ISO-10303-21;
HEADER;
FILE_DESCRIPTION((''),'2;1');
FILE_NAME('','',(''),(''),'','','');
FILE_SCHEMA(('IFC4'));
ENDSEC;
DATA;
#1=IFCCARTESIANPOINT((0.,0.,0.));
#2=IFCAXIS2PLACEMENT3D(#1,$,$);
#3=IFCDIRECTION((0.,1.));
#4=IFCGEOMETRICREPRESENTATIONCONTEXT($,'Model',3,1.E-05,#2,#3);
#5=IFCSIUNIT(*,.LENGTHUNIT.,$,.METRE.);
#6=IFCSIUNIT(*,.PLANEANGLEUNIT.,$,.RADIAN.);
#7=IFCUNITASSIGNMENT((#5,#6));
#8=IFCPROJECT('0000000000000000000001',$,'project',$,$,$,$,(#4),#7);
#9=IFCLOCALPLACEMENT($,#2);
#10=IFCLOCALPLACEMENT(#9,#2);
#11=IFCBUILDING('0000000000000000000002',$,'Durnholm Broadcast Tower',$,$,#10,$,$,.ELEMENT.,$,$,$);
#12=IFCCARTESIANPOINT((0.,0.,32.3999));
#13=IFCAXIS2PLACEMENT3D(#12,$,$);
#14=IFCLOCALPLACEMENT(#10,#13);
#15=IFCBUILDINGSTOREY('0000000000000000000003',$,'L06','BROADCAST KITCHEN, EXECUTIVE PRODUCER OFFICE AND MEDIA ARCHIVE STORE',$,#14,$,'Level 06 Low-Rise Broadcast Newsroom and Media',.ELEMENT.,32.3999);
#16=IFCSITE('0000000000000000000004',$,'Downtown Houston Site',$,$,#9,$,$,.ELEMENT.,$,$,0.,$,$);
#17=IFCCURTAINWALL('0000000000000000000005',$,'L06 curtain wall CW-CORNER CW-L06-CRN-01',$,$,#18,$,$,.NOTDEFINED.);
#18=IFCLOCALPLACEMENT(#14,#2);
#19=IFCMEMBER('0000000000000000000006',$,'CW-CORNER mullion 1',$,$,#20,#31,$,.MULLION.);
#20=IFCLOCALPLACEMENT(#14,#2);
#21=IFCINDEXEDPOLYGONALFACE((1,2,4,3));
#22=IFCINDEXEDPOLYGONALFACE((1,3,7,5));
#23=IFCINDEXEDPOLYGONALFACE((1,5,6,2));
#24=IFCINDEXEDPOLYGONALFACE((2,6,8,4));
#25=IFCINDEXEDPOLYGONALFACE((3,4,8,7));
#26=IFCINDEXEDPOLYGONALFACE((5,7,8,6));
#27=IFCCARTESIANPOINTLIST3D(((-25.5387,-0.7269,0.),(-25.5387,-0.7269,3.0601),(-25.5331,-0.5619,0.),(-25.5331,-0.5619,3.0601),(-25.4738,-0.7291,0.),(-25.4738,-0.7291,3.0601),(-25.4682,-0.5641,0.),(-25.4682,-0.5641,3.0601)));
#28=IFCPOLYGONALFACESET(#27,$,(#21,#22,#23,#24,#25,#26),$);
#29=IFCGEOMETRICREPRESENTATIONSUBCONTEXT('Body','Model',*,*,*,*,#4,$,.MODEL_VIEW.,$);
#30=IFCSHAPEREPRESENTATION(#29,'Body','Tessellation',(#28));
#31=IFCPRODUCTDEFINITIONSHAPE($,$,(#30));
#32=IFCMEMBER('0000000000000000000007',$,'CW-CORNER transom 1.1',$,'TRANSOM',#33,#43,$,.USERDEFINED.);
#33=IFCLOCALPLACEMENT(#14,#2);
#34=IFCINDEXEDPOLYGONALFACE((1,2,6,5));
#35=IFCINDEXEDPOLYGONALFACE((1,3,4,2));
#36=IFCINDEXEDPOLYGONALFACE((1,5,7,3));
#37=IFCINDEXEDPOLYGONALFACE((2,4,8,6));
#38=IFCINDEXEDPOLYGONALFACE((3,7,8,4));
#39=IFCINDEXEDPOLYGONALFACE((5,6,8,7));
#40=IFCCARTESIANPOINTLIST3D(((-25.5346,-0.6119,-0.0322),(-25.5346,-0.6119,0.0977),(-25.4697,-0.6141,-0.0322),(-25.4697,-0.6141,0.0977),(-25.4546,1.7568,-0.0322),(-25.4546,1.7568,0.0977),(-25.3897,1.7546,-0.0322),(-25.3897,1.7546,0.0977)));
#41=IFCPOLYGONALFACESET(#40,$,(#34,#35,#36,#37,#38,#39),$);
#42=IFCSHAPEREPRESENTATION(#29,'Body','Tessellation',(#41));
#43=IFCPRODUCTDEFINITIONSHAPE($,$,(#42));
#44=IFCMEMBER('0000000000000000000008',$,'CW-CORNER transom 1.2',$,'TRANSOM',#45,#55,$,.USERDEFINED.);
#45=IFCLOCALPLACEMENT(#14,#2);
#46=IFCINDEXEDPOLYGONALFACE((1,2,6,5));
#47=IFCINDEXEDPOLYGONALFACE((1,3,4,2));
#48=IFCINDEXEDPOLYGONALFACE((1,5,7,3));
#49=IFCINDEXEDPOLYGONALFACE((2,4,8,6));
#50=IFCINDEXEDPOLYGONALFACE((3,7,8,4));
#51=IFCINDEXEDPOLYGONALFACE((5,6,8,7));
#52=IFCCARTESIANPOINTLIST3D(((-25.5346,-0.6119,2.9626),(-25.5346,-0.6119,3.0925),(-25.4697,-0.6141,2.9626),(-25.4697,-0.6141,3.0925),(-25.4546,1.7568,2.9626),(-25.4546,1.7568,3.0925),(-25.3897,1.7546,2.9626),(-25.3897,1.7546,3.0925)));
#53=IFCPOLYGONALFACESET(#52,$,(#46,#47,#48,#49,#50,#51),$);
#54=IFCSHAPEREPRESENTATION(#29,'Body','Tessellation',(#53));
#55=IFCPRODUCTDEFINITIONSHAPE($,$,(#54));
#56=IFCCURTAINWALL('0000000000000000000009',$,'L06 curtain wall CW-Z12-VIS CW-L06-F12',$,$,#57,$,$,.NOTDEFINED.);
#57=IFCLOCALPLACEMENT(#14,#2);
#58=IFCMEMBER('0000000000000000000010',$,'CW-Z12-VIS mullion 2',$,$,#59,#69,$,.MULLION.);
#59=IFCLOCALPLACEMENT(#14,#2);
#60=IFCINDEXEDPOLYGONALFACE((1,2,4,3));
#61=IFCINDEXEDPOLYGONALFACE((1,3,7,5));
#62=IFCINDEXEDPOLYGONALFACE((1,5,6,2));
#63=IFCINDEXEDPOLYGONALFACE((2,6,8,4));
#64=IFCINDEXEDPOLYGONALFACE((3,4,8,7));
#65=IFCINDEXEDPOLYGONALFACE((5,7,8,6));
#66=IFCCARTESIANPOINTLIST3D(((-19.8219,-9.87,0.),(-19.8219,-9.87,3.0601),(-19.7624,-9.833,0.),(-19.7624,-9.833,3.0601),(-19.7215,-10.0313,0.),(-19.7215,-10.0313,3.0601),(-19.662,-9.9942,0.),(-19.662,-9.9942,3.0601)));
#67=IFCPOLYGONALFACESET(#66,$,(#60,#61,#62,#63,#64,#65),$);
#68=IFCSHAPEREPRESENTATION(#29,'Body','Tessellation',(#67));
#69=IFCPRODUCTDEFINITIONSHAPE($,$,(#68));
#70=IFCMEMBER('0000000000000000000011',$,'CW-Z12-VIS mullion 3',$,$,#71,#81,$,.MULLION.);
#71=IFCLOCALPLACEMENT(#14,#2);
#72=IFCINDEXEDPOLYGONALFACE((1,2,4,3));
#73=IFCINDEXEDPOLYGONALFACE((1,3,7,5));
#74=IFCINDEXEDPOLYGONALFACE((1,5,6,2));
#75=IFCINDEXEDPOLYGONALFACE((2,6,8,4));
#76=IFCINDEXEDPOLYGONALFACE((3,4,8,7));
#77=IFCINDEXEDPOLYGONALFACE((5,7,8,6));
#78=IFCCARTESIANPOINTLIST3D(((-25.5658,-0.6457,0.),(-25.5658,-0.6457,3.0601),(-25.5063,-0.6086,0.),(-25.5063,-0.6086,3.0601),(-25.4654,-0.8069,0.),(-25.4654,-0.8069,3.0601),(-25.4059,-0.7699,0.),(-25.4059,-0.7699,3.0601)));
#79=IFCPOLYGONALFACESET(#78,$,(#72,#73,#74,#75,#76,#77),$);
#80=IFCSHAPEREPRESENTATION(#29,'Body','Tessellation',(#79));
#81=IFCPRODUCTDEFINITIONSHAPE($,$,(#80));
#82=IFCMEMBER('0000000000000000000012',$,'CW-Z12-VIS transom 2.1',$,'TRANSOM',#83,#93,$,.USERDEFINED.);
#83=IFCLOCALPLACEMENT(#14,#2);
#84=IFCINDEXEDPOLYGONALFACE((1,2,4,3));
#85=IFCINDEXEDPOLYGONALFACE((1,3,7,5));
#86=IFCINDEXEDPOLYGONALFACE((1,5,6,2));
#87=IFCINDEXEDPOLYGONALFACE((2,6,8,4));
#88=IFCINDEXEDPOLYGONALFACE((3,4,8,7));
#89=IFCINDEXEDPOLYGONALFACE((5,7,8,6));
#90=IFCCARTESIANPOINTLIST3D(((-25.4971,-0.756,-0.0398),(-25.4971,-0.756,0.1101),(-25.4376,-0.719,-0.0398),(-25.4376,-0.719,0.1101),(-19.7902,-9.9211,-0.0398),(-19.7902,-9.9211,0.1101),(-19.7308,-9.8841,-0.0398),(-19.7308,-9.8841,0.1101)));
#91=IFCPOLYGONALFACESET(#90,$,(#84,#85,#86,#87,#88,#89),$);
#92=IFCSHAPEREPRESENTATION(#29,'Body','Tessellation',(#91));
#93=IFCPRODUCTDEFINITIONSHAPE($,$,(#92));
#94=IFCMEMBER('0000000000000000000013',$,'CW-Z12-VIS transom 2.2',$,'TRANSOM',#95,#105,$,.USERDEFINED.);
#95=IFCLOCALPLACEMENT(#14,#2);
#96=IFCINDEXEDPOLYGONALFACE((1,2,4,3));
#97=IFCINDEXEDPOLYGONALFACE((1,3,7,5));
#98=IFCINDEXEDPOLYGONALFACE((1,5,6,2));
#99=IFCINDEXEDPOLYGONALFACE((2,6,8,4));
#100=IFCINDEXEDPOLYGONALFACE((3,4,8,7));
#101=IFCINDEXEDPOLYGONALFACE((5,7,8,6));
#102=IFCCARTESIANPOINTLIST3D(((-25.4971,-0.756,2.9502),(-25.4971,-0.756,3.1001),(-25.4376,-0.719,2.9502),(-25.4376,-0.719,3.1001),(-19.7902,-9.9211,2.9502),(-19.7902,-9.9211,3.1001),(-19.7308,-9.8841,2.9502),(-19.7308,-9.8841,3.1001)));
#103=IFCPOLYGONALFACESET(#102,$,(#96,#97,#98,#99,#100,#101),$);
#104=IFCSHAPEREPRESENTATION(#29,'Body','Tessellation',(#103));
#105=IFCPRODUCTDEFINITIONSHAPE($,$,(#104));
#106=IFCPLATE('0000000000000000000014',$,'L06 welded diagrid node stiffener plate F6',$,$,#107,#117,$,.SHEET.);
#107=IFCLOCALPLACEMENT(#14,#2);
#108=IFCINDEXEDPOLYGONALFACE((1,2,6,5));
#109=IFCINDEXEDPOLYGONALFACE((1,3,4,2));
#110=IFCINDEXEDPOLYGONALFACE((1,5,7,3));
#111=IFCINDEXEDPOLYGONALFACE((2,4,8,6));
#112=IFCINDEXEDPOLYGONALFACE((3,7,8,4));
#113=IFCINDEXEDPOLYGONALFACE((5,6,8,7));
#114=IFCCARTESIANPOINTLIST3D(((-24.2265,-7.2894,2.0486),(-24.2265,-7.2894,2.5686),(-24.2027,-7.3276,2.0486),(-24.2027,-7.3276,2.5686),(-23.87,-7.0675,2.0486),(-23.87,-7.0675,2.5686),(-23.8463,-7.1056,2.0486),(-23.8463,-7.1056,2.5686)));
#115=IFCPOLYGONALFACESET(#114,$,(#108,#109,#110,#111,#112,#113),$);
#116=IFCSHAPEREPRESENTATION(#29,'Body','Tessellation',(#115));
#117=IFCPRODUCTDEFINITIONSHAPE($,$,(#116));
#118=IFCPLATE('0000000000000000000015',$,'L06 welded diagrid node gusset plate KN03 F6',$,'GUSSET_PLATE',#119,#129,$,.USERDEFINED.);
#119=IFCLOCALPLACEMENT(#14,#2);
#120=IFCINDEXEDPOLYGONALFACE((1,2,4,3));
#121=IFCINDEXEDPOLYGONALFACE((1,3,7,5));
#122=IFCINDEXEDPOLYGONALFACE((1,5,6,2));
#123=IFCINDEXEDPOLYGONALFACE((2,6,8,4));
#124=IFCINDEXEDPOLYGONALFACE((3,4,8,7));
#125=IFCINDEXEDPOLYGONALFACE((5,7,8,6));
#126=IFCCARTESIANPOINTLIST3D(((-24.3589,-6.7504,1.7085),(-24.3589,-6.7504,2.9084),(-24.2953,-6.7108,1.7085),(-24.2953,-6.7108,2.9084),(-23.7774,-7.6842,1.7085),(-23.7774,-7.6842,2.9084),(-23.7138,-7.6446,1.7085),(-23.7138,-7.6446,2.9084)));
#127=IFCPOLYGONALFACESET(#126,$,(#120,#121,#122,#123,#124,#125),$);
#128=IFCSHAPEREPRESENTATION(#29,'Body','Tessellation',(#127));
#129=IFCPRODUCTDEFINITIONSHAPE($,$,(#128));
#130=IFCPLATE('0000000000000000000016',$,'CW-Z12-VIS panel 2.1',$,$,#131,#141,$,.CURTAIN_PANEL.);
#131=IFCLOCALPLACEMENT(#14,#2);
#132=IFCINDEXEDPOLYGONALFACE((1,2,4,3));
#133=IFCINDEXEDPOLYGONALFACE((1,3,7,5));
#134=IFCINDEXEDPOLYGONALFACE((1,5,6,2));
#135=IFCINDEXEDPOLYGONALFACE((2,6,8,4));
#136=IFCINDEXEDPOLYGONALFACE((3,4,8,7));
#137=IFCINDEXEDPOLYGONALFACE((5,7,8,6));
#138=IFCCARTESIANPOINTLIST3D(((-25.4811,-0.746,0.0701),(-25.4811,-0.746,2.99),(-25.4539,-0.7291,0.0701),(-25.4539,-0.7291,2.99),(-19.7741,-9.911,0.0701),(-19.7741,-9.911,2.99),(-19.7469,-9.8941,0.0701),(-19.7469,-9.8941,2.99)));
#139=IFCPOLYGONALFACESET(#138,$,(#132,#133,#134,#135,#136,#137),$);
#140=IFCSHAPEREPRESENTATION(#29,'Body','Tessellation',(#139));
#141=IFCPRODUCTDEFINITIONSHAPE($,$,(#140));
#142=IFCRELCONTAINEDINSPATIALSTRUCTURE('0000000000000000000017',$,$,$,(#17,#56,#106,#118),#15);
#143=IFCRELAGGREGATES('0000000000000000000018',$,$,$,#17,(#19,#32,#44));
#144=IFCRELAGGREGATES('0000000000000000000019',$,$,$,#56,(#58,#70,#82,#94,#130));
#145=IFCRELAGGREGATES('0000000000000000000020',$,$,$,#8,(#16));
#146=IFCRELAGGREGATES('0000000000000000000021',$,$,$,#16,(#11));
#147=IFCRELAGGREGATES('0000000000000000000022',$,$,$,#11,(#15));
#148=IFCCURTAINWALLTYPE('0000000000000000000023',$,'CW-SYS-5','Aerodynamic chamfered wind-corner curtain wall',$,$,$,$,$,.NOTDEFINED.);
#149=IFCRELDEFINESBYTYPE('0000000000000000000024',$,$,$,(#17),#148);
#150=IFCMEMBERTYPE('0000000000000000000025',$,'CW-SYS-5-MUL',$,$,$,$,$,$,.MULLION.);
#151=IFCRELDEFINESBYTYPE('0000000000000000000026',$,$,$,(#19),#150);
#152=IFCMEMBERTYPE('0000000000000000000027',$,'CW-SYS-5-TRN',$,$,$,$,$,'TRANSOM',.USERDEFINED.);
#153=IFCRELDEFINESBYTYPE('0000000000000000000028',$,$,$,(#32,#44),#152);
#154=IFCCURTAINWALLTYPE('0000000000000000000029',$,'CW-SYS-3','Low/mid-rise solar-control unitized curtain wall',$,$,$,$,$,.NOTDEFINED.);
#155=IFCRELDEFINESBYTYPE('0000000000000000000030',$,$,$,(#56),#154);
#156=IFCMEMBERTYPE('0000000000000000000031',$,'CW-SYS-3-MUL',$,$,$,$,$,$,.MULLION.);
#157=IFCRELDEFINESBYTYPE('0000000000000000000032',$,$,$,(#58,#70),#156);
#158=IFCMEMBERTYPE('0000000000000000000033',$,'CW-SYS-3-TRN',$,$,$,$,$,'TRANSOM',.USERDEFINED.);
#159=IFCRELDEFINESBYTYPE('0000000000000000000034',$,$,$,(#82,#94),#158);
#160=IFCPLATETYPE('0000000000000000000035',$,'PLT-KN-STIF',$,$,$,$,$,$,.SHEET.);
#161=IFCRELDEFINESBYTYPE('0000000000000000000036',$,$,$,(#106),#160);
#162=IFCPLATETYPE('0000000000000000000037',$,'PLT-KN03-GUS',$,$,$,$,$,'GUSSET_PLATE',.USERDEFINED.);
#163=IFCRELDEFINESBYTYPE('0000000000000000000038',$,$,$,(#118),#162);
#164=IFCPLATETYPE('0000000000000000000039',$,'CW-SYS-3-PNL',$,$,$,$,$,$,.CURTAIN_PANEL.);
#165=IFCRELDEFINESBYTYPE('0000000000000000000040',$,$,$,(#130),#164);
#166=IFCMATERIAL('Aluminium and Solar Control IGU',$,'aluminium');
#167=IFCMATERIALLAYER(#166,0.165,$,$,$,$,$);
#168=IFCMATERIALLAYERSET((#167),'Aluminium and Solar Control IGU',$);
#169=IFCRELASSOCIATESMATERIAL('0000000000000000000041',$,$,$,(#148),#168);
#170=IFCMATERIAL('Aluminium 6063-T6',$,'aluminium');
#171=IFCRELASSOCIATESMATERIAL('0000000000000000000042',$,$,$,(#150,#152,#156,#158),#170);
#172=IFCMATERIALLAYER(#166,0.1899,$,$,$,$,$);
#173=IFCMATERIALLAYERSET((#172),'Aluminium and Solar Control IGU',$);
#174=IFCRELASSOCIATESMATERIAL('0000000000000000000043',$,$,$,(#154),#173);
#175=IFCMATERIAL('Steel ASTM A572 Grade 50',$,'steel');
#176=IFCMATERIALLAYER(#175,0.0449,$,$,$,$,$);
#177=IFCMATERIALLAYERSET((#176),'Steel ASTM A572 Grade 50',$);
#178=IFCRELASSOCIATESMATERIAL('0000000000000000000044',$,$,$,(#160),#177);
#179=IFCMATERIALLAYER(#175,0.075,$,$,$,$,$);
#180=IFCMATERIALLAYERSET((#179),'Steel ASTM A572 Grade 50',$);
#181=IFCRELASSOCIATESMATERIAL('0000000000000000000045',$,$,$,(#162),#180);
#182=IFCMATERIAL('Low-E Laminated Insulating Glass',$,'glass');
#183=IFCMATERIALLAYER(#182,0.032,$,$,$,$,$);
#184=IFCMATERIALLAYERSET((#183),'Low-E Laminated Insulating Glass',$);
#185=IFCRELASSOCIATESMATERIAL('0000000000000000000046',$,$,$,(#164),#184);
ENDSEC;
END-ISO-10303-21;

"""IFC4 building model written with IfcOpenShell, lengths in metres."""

from ifc_helpers import new_model, si_unit, direction, frame, origin, origin_2d, place, context, subcontext, project, spatial, rectangle, extrude, source, transform, mapped, material, layer, layer_set, material_profile, profile_set, type_object, type_shapes, element, aggregate, save


model = new_model("IFC4")

# Units and contexts
model_context = context("Model", 3, precision=1e-05, world=origin(), true_north=direction((0.0, 1.0)))
body_context = subcontext(model_context, "Body", "Model", "MODEL_VIEW")
ifc_project = project(units=[si_unit("LENGTHUNIT", "METRE"), si_unit("PLANEANGLEUNIT", "RADIAN")], contexts=[model_context])

# Site, building, storey
site_placement = place(None, origin())
site = spatial("IfcSite", under=ifc_project, at=site_placement, Name="Downtown Houston Site", CompositionType="ELEMENT", RefElevation=0.0)
building_placement = place(site_placement, origin())
building = spatial("IfcBuilding", under=site, at=building_placement, Name="Durnholm Broadcast Tower", CompositionType="ELEMENT")
storey_placement = place(building_placement, frame((0.0, 0.0, 32.3999)))
storey = spatial("IfcBuildingStorey", under=building, at=storey_placement, Name="L06", Description="BROADCAST KITCHEN, EXECUTIVE PRODUCER OFFICE AND MEDIA ARCHIVE STORE", LongName="Level 06 Low-Rise Broadcast Newsroom and Media", CompositionType="ELEMENT", Elevation=32.3999)

# Curtain walls, members
ifc_material_1 = material(Name="Aluminium and Solar Control IGU", Category="aluminium")
ifc_layer_1 = layer(ifc_material_1, 0.165)
ifc_layer_set_1 = layer_set([ifc_layer_1], Name="Aluminium and Solar Control IGU")
curtain_wall_type_1 = type_object("IfcCurtainWallType", Name="CW-SYS-5", Description="Aerodynamic chamfered wind-corner curtain wall", PredefinedType="NOTDEFINED", material=ifc_layer_set_1)
curtain_wall_1_placement = place(storey_placement, origin())
curtain_wall_1 = element("IfcCurtainWall", 1, at=curtain_wall_1_placement, inside=storey, type_object=curtain_wall_type_1, Name="L06 curtain wall CW-CORNER CW-L06-CRN-01", PredefinedType="NOTDEFINED")
ifc_material_2 = material(Name="Aluminium 6063-T6", Category="aluminium")
ifc_material_profile_1 = material_profile(ifc_material_2, rectangle(XDim=0.0649, YDim=0.165, at=origin_2d()), Name="CWM65X165")
ifc_profile_set_1 = profile_set([ifc_material_profile_1], Name="Aluminium 6063-T6")
member_type_1 = type_object("IfcMemberType", Name="CW-SYS-5-MUL", PredefinedType="MULLION", material=ifc_profile_set_1)
shared_shape_1 = source(origin(), body_context, "Body", "SweptSolid", [
    extrude(rectangle(XDim=0.0649, YDim=0.165, at=origin_2d()), origin(), (0.0, 0.0, 1.0), 3.0601),
])
type_shapes(member_type_1, [shared_shape_1])
member_1_placement = place(storey_placement, frame((-25.5034, -0.6455, 0.0), z_axis=(0.0, 0.0, 1.0), x_axis=(-0.999427, 0.03384, 0.0)))
member_1 = element("IfcMember", 2, at=member_1_placement, type_object=member_type_1, Name="CW-CORNER mullion 1", PredefinedType="MULLION", context=body_context, shape_type="MappedRepresentation", body=[
    mapped(shared_shape_1, transform((0.0, 0.0, 0.0), x_axis=(1.0, 0.0, 0.0), y_axis=(0.0, 1.0, 0.0), z_axis=(0.0, 0.0, 1.0), scale=1.0)),
])
ifc_material_profile_2 = material_profile(ifc_material_2, rectangle(XDim=0.0649, YDim=0.1299, at=origin_2d()), Name="CWT65X130")
ifc_profile_set_2 = profile_set([ifc_material_profile_2], Name="Aluminium 6063-T6")
member_type_2 = type_object("IfcMemberType", Name="CW-SYS-5-TRN", ElementType="TRANSOM", PredefinedType="USERDEFINED", material=ifc_profile_set_2)
shared_shape_2 = source(origin(), body_context, "Body", "SweptSolid", [
    extrude(rectangle(XDim=0.0649, YDim=0.1299, at=origin_2d()), origin(), (0.0, 0.0, 1.0), 2.3701),
])
type_shapes(member_type_2, [shared_shape_2])
member_2_placement = place(storey_placement, frame((-25.5022, -0.613, 0.0327), z_axis=(0.033788, 0.999429, 0.0), x_axis=(-0.999429, 0.033788, 0.0)))
member_2 = element("IfcMember", 3, at=member_2_placement, type_object=member_type_2, Name="CW-CORNER transom 1.1", ObjectType="TRANSOM", PredefinedType="USERDEFINED", context=body_context, shape_type="MappedRepresentation", body=[
    mapped(shared_shape_2, transform((0.0, 0.0, 0.0), x_axis=(1.0, 0.0, 0.0), y_axis=(0.0, 1.0, 0.0), z_axis=(0.0, 0.0, 1.0), scale=1.0)),
])
member_3_placement = place(storey_placement, frame((-25.5022, -0.613, 3.0276), z_axis=(0.033788, 0.999429, 0.0), x_axis=(-0.999429, 0.033788, 0.0)))
member_3 = element("IfcMember", 4, at=member_3_placement, type_object=member_type_2, Name="CW-CORNER transom 1.2", ObjectType="TRANSOM", PredefinedType="USERDEFINED", context=body_context, shape_type="MappedRepresentation", body=[
    mapped(shared_shape_2, transform((0.0, 0.0, 0.0), x_axis=(1.0, 0.0, 0.0), y_axis=(0.0, 1.0, 0.0), z_axis=(0.0, 0.0, 1.0), scale=1.0)),
])
aggregate(curtain_wall_1, [member_1, member_2, member_3])
ifc_layer_2 = layer(ifc_material_1, 0.1899)
ifc_layer_set_2 = layer_set([ifc_layer_2], Name="Aluminium and Solar Control IGU")
curtain_wall_type_2 = type_object("IfcCurtainWallType", Name="CW-SYS-3", Description="Low/mid-rise solar-control unitized curtain wall", PredefinedType="NOTDEFINED", material=ifc_layer_set_2)
curtain_wall_2_placement = place(storey_placement, origin())
curtain_wall_2 = element("IfcCurtainWall", 5, at=curtain_wall_2_placement, inside=storey, type_object=curtain_wall_type_2, Name="L06 curtain wall CW-Z12-VIS CW-L06-F12", PredefinedType="NOTDEFINED")
ifc_material_profile_3 = material_profile(ifc_material_2, rectangle(XDim=0.0701, YDim=0.1899, at=origin_2d()), Name="CWM70X190")
ifc_profile_set_3 = profile_set([ifc_material_profile_3], Name="Aluminium 6063-T6")
member_type_3 = type_object("IfcMemberType", Name="CW-SYS-3-MUL", PredefinedType="MULLION", material=ifc_profile_set_3)
shared_shape_3 = source(origin(), body_context, "Body", "SweptSolid", [
    extrude(rectangle(XDim=0.0701, YDim=0.1899, at=origin_2d()), origin(), (0.0, 0.0, 1.0), 3.0601),
])
type_shapes(member_type_3, [shared_shape_3])
member_4_placement = place(storey_placement, frame((-19.7419, -9.9321, 0.0), z_axis=(0.0, 0.0, 1.0), x_axis=(-0.848876, -0.528592, 0.0)))
member_4 = element("IfcMember", 6, at=member_4_placement, type_object=member_type_3, Name="CW-Z12-VIS mullion 2", PredefinedType="MULLION", context=body_context, shape_type="MappedRepresentation", body=[
    mapped(shared_shape_3, transform((0.0, 0.0, 0.0), x_axis=(1.0, 0.0, 0.0), y_axis=(0.0, 1.0, 0.0), z_axis=(0.0, 0.0, 1.0), scale=1.0)),
])
member_5_placement = place(storey_placement, frame((-25.4858, -0.7078, 0.0), z_axis=(0.0, 0.0, 1.0), x_axis=(-0.848876, -0.528592, 0.0)))
member_5 = element("IfcMember", 7, at=member_5_placement, type_object=member_type_3, Name="CW-Z12-VIS mullion 3", PredefinedType="MULLION", context=body_context, shape_type="MappedRepresentation", body=[
    mapped(shared_shape_3, transform((0.0, 0.0, 0.0), x_axis=(1.0, 0.0, 0.0), y_axis=(0.0, 1.0, 0.0), z_axis=(0.0, 0.0, 1.0), scale=1.0)),
])
ifc_material_profile_4 = material_profile(ifc_material_2, rectangle(XDim=0.0701, YDim=0.1499, at=origin_2d()), Name="CWT70X150")
ifc_profile_set_4 = profile_set([ifc_material_profile_4], Name="Aluminium 6063-T6")
member_type_4 = type_object("IfcMemberType", Name="CW-SYS-3-TRN", ElementType="TRANSOM", PredefinedType="USERDEFINED", material=ifc_profile_set_4)
shared_shape_4 = source(origin(), body_context, "Body", "SweptSolid", [
    extrude(rectangle(XDim=0.0701, YDim=0.1499, at=origin_2d()), origin(), (0.0, 0.0, 1.0), 10.7966),
])
type_shapes(member_type_4, [shared_shape_4])
member_6_placement = place(storey_placement, frame((-19.7605, -9.9026, 0.0352), z_axis=(-0.528575, 0.848886, 0.0), x_axis=(-0.848886, -0.528575, 0.0)))
member_6 = element("IfcMember", 8, at=member_6_placement, type_object=member_type_4, Name="CW-Z12-VIS transom 2.1", ObjectType="TRANSOM", PredefinedType="USERDEFINED", context=body_context, shape_type="MappedRepresentation", body=[
    mapped(shared_shape_4, transform((0.0, 0.0, 0.0), x_axis=(1.0, 0.0, 0.0), y_axis=(0.0, 1.0, 0.0), z_axis=(0.0, 0.0, 1.0), scale=1.0)),
])
member_7_placement = place(storey_placement, frame((-19.7605, -9.9026, 3.0251), z_axis=(-0.528575, 0.848886, 0.0), x_axis=(-0.848886, -0.528575, 0.0)))
member_7 = element("IfcMember", 9, at=member_7_placement, type_object=member_type_4, Name="CW-Z12-VIS transom 2.2", ObjectType="TRANSOM", PredefinedType="USERDEFINED", context=body_context, shape_type="MappedRepresentation", body=[
    mapped(shared_shape_4, transform((0.0, 0.0, 0.0), x_axis=(1.0, 0.0, 0.0), y_axis=(0.0, 1.0, 0.0), z_axis=(0.0, 0.0, 1.0), scale=1.0)),
])

# Plates
ifc_material_3 = material(Name="Steel ASTM A572 Grade 50", Category="steel")
ifc_layer_3 = layer(ifc_material_3, 0.0449)
ifc_layer_set_3 = layer_set([ifc_layer_3], Name="Steel ASTM A572 Grade 50")
plate_type_1 = type_object("IfcPlateType", Name="PLT-KN-STIF", PredefinedType="SHEET", material=ifc_layer_set_3)
shared_shape_5 = source(origin(), body_context, "Body", "SweptSolid", [
    extrude(rectangle(XDim=0.0449, YDim=0.4199, at=origin_2d()), origin(), (0.0, 0.0, 1.0), 0.52),
])
type_shapes(plate_type_1, [shared_shape_5])
plate_1_placement = place(storey_placement, frame((-24.0364, -7.1975, 2.0486), z_axis=(0.0, 0.0, 1.0), x_axis=(0.528587, -0.848879, 0.0)))
element("IfcPlate", 10, at=plate_1_placement, inside=storey, type_object=plate_type_1, Name="L06 welded diagrid node stiffener plate F6", PredefinedType="SHEET", context=body_context, shape_type="MappedRepresentation", body=[
    mapped(shared_shape_5, transform((0.0, 0.0, 0.0), x_axis=(1.0, 0.0, 0.0), y_axis=(0.0, 1.0, 0.0), z_axis=(0.0, 0.0, 1.0), scale=1.0)),
])
ifc_layer_4 = layer(ifc_material_3, 0.075)
ifc_layer_set_4 = layer_set([ifc_layer_4], Name="Steel ASTM A572 Grade 50")
plate_type_2 = type_object("IfcPlateType", Name="PLT-KN03-GUS", ElementType="GUSSET_PLATE", PredefinedType="USERDEFINED", material=ifc_layer_set_4)
shared_shape_6 = source(origin(), body_context, "Body", "SweptSolid", [
    extrude(rectangle(XDim=1.1001, YDim=0.075, at=origin_2d()), origin(), (0.0, 0.0, 1.0), 1.2),
])
type_shapes(plate_type_2, [shared_shape_6])
plate_2_placement = place(storey_placement, frame((-24.0364, -7.1975, 1.7085), z_axis=(0.0, 0.0, 1.0), x_axis=(0.528587, -0.848879, 0.0)))
element("IfcPlate", 11, at=plate_2_placement, inside=storey, type_object=plate_type_2, Name="L06 welded diagrid node gusset plate KN03 F6", ObjectType="GUSSET_PLATE", PredefinedType="USERDEFINED", context=body_context, shape_type="MappedRepresentation", body=[
    mapped(shared_shape_6, transform((0.0, 0.0, 0.0), x_axis=(1.0, 0.0, 0.0), y_axis=(0.0, 1.0, 0.0), z_axis=(0.0, 0.0, 1.0), scale=1.0)),
])

# Plate
ifc_material_4 = material(Name="Low-E Laminated Insulating Glass", Category="glass")
ifc_layer_5 = layer(ifc_material_4, 0.032)
ifc_layer_set_5 = layer_set([ifc_layer_5], Name="Low-E Laminated Insulating Glass")
plate_type_3 = type_object("IfcPlateType", Name="CW-SYS-3-PNL", PredefinedType="CURTAIN_PANEL", material=ifc_layer_set_5)
shared_shape_7 = source(origin(), body_context, "Body", "SweptSolid", [
    extrude(rectangle(XDim=10.7966, YDim=0.032, at=origin_2d()), origin(), (0.0, 0.0, 1.0), 2.9199),
])
type_shapes(plate_type_3, [shared_shape_7])
plate_3_placement = place(storey_placement, frame((-22.614, -5.3201, 0.0701), z_axis=(0.0, 0.0, 1.0), x_axis=(-0.528592, 0.848876, 0.0)))
plate_3 = element("IfcPlate", 12, at=plate_3_placement, type_object=plate_type_3, Name="CW-Z12-VIS panel 2.1", PredefinedType="CURTAIN_PANEL", context=body_context, shape_type="MappedRepresentation", body=[
    mapped(shared_shape_7, transform((0.0, 0.0, 0.0), x_axis=(1.0, 0.0, 0.0), y_axis=(0.0, 1.0, 0.0), z_axis=(0.0, 0.0, 1.0), scale=1.0)),
])
aggregate(curtain_wall_2, [member_4, member_5, member_6, member_7, plate_3])

save(model, "model.ifc")
